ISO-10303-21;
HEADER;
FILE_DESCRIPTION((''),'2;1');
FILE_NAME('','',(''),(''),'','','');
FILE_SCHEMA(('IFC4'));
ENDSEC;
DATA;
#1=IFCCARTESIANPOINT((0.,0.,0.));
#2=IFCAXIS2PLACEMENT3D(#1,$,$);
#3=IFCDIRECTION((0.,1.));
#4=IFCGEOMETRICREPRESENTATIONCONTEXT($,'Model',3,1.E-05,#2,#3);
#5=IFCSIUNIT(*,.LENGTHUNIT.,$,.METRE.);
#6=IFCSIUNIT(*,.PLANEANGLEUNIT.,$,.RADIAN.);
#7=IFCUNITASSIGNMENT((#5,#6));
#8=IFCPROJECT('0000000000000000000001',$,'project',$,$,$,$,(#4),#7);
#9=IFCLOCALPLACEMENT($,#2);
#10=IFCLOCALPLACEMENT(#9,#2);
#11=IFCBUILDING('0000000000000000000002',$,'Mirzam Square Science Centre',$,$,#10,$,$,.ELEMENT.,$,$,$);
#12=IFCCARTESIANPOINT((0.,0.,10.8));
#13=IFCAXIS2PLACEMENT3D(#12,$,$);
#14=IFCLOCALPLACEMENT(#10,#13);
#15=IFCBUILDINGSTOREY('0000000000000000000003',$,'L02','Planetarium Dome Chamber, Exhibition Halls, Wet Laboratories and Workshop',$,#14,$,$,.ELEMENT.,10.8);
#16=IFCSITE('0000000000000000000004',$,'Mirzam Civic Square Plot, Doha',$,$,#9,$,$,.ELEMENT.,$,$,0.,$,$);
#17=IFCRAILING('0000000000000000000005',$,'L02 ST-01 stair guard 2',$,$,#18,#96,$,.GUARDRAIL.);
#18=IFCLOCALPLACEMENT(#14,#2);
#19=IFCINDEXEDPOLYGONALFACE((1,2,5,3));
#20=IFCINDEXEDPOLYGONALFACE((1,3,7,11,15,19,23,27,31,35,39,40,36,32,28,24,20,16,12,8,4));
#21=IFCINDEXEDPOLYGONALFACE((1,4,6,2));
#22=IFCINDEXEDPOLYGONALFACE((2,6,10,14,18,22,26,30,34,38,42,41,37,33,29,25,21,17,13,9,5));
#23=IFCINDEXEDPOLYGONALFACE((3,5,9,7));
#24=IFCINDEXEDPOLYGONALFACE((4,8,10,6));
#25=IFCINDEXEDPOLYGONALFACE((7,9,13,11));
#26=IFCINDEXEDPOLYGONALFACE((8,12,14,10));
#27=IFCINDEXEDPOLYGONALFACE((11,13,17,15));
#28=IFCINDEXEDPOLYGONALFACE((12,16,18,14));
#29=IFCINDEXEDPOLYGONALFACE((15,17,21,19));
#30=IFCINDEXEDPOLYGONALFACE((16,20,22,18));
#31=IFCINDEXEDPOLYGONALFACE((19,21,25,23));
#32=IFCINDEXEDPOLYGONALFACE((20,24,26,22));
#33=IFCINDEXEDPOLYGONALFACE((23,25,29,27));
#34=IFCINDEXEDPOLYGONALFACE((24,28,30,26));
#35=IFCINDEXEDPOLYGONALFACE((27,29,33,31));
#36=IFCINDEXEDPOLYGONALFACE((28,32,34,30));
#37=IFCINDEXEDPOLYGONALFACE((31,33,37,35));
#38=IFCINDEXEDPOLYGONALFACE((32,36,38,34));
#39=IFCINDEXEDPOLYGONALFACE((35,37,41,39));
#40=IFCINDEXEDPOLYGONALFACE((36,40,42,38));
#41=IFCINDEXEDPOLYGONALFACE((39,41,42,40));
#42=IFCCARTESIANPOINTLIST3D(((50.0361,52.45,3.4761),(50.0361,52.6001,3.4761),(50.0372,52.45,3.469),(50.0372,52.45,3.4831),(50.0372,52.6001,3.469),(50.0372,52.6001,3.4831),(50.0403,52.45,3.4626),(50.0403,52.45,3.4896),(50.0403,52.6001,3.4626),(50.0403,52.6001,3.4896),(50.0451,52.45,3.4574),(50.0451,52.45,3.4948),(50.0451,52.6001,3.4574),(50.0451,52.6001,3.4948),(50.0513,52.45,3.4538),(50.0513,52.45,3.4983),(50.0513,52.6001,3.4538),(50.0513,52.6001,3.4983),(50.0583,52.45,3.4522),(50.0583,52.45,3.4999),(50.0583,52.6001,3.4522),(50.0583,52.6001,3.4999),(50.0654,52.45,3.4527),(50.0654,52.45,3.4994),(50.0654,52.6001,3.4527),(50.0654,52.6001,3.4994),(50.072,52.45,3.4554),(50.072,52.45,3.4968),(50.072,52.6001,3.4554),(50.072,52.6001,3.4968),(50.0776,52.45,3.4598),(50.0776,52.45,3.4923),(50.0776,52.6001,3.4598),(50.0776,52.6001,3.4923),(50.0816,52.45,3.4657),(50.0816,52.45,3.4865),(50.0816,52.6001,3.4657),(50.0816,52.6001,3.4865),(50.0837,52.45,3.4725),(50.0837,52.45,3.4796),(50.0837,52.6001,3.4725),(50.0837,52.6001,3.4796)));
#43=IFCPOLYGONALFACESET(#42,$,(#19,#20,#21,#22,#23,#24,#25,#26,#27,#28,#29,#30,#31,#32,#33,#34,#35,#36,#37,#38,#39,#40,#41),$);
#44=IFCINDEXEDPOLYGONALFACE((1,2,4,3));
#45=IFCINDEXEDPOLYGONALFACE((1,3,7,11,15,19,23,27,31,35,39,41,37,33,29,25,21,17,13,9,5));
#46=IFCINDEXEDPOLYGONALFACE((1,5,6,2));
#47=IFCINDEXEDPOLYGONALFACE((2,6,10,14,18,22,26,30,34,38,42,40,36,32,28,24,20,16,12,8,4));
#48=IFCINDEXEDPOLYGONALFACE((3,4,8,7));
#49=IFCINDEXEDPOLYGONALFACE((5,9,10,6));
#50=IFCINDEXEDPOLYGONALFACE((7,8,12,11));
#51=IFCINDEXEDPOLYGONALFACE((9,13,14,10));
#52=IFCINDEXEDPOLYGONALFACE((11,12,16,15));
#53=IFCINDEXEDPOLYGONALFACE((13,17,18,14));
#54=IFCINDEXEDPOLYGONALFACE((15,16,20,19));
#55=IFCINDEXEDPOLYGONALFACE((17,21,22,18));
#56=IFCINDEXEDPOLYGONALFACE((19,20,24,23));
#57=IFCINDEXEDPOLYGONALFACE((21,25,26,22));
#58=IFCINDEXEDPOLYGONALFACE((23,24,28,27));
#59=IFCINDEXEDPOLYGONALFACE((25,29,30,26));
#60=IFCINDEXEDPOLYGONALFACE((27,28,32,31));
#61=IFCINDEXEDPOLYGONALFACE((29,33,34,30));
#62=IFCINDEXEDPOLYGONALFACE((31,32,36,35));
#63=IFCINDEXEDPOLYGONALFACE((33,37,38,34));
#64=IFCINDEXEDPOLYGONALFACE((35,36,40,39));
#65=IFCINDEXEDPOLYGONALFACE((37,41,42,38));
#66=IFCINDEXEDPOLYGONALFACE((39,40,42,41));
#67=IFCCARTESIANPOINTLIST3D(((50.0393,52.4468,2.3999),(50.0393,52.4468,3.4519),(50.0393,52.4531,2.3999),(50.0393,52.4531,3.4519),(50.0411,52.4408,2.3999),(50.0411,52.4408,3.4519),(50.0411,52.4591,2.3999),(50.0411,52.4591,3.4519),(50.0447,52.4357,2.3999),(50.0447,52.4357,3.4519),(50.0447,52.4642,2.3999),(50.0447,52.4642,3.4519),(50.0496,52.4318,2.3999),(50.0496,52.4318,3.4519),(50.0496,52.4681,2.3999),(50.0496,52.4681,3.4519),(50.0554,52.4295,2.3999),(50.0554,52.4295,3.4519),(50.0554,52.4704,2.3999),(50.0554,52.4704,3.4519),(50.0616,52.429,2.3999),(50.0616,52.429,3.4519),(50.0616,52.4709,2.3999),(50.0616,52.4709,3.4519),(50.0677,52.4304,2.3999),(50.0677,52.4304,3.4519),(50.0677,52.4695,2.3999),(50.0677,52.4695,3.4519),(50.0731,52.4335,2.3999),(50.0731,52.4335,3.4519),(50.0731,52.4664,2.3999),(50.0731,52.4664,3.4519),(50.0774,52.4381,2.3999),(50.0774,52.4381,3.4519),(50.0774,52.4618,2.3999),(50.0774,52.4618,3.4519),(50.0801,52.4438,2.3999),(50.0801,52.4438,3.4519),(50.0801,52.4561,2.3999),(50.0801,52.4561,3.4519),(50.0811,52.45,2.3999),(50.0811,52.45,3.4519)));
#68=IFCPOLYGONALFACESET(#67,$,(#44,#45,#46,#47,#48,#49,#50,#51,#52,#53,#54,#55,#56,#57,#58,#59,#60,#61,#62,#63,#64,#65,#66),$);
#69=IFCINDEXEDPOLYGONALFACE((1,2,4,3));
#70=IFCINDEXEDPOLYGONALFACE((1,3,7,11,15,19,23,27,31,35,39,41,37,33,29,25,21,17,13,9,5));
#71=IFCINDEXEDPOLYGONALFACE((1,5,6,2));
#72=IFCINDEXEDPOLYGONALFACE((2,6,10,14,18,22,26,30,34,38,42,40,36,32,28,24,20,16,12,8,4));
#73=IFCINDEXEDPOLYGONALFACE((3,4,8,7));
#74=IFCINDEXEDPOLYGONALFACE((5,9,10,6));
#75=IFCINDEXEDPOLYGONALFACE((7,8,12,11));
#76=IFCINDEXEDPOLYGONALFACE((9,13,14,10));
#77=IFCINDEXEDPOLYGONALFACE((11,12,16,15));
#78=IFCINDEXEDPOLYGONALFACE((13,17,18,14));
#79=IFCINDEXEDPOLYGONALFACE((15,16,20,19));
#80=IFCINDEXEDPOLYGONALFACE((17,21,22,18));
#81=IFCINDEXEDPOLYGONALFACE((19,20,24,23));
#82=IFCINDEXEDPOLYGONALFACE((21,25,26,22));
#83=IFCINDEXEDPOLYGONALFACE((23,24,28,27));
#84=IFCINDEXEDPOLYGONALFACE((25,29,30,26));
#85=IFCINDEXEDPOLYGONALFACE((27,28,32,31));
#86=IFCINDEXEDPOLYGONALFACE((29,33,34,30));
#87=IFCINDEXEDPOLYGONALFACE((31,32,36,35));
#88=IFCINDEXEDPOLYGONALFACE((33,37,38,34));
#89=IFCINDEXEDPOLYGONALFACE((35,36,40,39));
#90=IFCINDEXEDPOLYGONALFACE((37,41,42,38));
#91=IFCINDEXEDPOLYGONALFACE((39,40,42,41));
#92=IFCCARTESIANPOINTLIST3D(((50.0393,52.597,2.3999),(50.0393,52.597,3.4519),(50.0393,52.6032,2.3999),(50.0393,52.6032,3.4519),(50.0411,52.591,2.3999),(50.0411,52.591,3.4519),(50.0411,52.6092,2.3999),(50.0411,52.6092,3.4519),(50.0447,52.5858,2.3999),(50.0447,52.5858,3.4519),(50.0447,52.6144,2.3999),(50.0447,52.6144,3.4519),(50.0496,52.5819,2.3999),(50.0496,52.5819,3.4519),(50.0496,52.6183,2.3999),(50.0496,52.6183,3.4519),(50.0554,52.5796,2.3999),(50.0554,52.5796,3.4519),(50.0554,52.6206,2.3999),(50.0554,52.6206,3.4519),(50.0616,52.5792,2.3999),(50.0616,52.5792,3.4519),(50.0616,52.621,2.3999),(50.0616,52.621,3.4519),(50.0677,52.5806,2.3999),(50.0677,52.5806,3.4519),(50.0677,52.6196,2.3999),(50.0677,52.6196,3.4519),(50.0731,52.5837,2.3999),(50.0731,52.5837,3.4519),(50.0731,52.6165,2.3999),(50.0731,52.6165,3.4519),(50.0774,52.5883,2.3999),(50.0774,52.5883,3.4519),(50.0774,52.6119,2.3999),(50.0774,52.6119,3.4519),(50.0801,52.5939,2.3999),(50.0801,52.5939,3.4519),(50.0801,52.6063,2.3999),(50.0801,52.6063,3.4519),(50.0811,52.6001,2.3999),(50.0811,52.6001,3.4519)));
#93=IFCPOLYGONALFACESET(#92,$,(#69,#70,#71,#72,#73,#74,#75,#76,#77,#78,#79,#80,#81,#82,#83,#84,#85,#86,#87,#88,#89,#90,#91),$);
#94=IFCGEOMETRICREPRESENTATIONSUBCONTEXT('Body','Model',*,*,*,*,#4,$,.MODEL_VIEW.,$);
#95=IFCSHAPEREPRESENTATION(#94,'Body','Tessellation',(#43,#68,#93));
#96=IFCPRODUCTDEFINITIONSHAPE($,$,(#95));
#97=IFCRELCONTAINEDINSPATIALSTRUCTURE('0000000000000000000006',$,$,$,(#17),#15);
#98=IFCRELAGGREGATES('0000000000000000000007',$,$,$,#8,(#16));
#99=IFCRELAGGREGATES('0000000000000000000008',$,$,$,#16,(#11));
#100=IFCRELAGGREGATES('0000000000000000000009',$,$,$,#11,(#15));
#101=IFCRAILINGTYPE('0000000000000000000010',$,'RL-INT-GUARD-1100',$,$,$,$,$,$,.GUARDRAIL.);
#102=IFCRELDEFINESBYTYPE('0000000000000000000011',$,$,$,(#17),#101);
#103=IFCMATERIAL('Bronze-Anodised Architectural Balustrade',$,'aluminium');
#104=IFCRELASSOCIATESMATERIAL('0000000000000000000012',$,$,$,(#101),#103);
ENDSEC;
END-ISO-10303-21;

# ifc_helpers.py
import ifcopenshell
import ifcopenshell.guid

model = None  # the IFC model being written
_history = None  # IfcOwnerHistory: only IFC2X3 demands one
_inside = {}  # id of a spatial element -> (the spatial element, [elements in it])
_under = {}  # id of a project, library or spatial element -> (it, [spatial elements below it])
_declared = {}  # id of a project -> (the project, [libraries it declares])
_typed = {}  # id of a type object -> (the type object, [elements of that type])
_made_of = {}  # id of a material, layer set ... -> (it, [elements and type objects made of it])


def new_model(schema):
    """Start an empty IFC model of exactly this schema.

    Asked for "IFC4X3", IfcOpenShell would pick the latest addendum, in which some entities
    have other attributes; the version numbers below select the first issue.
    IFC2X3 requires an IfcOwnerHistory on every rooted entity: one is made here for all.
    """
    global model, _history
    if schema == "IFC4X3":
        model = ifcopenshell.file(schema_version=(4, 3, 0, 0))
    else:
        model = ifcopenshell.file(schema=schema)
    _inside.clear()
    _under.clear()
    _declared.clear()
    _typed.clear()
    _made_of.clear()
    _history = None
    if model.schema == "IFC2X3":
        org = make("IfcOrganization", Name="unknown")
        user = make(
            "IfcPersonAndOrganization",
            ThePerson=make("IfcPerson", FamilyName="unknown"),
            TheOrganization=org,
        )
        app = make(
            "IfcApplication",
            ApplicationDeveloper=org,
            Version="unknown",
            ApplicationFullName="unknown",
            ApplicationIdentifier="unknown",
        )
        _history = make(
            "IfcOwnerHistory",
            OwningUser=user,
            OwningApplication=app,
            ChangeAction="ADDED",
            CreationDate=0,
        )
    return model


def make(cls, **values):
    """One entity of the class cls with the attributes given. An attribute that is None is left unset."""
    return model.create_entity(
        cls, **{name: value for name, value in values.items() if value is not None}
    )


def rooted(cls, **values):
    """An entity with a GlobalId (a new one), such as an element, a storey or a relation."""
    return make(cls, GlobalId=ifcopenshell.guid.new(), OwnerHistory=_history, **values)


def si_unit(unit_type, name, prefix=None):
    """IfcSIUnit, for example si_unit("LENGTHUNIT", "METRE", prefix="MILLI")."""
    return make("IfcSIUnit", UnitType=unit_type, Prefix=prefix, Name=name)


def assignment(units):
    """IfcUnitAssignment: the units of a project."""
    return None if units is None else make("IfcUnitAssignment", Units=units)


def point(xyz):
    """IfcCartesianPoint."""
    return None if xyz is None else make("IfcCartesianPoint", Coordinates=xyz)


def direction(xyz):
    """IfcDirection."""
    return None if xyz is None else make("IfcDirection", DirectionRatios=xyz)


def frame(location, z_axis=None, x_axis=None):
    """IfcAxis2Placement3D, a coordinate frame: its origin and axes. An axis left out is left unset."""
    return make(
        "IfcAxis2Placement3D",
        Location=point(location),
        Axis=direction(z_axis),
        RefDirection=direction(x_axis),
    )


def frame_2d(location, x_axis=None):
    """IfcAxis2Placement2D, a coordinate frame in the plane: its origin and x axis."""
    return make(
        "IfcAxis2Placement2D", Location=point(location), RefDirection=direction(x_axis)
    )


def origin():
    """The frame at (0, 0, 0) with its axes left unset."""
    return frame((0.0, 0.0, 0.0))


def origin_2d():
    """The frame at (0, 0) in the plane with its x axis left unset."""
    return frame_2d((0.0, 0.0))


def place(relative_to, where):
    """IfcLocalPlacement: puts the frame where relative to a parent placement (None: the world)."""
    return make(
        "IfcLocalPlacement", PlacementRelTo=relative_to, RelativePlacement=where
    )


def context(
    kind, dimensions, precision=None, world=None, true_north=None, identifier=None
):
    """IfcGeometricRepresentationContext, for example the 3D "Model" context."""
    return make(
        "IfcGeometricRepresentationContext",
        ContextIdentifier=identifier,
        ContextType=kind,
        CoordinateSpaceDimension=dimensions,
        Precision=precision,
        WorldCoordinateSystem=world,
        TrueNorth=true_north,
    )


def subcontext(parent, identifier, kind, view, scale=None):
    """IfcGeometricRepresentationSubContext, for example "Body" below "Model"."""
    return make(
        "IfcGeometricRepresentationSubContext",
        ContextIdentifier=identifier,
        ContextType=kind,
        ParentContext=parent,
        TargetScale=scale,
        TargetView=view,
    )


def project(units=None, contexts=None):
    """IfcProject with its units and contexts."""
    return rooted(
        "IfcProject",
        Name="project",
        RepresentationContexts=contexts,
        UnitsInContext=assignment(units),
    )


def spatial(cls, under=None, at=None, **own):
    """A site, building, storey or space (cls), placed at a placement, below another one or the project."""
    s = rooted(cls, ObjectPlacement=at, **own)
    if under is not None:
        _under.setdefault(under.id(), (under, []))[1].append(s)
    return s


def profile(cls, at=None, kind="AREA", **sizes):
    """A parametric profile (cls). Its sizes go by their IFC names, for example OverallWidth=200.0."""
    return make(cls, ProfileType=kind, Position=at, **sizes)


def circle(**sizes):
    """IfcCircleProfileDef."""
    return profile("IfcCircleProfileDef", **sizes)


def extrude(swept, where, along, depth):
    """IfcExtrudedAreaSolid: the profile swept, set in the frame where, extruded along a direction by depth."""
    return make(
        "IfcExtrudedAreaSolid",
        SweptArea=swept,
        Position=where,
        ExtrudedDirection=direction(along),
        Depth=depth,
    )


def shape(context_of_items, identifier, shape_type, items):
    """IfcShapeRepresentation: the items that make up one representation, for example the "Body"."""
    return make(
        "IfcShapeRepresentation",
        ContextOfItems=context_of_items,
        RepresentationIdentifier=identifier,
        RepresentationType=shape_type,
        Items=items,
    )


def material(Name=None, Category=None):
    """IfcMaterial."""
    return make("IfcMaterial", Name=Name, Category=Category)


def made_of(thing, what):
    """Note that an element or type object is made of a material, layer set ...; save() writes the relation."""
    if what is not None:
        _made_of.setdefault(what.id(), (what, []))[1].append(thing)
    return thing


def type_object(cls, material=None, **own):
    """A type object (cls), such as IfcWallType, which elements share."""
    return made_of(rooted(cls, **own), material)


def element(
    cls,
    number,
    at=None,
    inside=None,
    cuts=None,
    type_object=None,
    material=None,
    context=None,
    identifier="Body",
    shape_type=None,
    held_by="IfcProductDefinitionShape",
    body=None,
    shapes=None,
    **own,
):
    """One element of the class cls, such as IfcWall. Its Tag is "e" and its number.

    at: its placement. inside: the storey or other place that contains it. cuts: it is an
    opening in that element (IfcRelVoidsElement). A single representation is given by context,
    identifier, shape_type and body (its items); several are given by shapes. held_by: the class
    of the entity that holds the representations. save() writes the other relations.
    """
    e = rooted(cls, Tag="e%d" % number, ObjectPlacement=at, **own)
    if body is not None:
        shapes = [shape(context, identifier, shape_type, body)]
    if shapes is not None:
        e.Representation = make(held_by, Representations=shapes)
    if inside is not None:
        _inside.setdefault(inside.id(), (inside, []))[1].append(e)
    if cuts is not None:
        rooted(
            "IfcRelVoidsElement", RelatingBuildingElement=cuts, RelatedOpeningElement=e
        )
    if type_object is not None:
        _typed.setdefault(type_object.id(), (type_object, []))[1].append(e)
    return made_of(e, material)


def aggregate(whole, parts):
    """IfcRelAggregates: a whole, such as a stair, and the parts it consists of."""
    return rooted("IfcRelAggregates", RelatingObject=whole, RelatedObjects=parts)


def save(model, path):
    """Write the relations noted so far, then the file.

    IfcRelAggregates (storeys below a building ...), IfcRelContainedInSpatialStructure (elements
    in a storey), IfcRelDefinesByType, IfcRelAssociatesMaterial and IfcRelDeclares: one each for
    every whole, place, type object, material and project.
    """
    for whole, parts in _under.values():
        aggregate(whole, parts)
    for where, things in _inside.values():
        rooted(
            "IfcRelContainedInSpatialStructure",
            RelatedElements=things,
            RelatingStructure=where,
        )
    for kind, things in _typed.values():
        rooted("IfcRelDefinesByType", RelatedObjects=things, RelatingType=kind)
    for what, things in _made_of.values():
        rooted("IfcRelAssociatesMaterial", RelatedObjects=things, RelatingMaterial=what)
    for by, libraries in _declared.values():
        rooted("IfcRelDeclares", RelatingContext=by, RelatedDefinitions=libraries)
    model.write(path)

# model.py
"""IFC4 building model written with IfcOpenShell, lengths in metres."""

from ifc_helpers import new_model, si_unit, direction, frame, origin, origin_2d, place, context, subcontext, project, spatial, circle, extrude, material, type_object, element, save


model = new_model("IFC4")

# Units and contexts
model_context = context("Model", 3, precision=1e-05, world=origin(), true_north=direction((0.0, 1.0)))
body_context = subcontext(model_context, "Body", "Model", "MODEL_VIEW")
ifc_project = project(units=[si_unit("LENGTHUNIT", "METRE"), si_unit("PLANEANGLEUNIT", "RADIAN")], contexts=[model_context])

# Site, building, storey
site_placement = place(None, origin())
site = spatial("IfcSite", under=ifc_project, at=site_placement, Name="Mirzam Civic Square Plot, Doha", CompositionType="ELEMENT", RefElevation=0.0)
building_placement = place(site_placement, origin())
building = spatial("IfcBuilding", under=site, at=building_placement, Name="Mirzam Square Science Centre", CompositionType="ELEMENT")
storey_placement = place(building_placement, frame((0.0, 0.0, 10.8)))
storey = spatial("IfcBuildingStorey", under=building, at=storey_placement, Name="L02", Description="Planetarium Dome Chamber, Exhibition Halls, Wet Laboratories and Workshop", CompositionType="ELEMENT", Elevation=10.8)

# Railing
ifc_material_1 = material(Name="Bronze-Anodised Architectural Balustrade", Category="aluminium")
railing_type_1 = type_object("IfcRailingType", Name="RL-INT-GUARD-1100", PredefinedType="GUARDRAIL", material=ifc_material_1)
railing_1_placement = place(storey_placement, frame((50.0601, 52.45, 2.3999)))
element("IfcRailing", 1, at=railing_1_placement, inside=storey, type_object=railing_type_1, Name="L02 ST-01 stair guard 2", PredefinedType="GUARDRAIL", context=body_context, shape_type="SweptSolid", body=[
    extrude(circle(Radius=0.0239, at=origin_2d()), frame((0.0, 0.0, 1.0762), z_axis=(0.0, 1.0, 0.0), x_axis=(-1.0, 0.0, 0.0)), (0.0, 0.0, 1.0), 0.1501),
    extrude(circle(Radius=0.021, at=origin_2d()), origin(), (0.0, 0.0, 1.0), 1.052),
    extrude(circle(Radius=0.021, at=origin_2d()), frame((0.0, 0.1501, 0.0)), (0.0, 0.0, 1.0), 1.052),
])

save(model, "model.ifc")
